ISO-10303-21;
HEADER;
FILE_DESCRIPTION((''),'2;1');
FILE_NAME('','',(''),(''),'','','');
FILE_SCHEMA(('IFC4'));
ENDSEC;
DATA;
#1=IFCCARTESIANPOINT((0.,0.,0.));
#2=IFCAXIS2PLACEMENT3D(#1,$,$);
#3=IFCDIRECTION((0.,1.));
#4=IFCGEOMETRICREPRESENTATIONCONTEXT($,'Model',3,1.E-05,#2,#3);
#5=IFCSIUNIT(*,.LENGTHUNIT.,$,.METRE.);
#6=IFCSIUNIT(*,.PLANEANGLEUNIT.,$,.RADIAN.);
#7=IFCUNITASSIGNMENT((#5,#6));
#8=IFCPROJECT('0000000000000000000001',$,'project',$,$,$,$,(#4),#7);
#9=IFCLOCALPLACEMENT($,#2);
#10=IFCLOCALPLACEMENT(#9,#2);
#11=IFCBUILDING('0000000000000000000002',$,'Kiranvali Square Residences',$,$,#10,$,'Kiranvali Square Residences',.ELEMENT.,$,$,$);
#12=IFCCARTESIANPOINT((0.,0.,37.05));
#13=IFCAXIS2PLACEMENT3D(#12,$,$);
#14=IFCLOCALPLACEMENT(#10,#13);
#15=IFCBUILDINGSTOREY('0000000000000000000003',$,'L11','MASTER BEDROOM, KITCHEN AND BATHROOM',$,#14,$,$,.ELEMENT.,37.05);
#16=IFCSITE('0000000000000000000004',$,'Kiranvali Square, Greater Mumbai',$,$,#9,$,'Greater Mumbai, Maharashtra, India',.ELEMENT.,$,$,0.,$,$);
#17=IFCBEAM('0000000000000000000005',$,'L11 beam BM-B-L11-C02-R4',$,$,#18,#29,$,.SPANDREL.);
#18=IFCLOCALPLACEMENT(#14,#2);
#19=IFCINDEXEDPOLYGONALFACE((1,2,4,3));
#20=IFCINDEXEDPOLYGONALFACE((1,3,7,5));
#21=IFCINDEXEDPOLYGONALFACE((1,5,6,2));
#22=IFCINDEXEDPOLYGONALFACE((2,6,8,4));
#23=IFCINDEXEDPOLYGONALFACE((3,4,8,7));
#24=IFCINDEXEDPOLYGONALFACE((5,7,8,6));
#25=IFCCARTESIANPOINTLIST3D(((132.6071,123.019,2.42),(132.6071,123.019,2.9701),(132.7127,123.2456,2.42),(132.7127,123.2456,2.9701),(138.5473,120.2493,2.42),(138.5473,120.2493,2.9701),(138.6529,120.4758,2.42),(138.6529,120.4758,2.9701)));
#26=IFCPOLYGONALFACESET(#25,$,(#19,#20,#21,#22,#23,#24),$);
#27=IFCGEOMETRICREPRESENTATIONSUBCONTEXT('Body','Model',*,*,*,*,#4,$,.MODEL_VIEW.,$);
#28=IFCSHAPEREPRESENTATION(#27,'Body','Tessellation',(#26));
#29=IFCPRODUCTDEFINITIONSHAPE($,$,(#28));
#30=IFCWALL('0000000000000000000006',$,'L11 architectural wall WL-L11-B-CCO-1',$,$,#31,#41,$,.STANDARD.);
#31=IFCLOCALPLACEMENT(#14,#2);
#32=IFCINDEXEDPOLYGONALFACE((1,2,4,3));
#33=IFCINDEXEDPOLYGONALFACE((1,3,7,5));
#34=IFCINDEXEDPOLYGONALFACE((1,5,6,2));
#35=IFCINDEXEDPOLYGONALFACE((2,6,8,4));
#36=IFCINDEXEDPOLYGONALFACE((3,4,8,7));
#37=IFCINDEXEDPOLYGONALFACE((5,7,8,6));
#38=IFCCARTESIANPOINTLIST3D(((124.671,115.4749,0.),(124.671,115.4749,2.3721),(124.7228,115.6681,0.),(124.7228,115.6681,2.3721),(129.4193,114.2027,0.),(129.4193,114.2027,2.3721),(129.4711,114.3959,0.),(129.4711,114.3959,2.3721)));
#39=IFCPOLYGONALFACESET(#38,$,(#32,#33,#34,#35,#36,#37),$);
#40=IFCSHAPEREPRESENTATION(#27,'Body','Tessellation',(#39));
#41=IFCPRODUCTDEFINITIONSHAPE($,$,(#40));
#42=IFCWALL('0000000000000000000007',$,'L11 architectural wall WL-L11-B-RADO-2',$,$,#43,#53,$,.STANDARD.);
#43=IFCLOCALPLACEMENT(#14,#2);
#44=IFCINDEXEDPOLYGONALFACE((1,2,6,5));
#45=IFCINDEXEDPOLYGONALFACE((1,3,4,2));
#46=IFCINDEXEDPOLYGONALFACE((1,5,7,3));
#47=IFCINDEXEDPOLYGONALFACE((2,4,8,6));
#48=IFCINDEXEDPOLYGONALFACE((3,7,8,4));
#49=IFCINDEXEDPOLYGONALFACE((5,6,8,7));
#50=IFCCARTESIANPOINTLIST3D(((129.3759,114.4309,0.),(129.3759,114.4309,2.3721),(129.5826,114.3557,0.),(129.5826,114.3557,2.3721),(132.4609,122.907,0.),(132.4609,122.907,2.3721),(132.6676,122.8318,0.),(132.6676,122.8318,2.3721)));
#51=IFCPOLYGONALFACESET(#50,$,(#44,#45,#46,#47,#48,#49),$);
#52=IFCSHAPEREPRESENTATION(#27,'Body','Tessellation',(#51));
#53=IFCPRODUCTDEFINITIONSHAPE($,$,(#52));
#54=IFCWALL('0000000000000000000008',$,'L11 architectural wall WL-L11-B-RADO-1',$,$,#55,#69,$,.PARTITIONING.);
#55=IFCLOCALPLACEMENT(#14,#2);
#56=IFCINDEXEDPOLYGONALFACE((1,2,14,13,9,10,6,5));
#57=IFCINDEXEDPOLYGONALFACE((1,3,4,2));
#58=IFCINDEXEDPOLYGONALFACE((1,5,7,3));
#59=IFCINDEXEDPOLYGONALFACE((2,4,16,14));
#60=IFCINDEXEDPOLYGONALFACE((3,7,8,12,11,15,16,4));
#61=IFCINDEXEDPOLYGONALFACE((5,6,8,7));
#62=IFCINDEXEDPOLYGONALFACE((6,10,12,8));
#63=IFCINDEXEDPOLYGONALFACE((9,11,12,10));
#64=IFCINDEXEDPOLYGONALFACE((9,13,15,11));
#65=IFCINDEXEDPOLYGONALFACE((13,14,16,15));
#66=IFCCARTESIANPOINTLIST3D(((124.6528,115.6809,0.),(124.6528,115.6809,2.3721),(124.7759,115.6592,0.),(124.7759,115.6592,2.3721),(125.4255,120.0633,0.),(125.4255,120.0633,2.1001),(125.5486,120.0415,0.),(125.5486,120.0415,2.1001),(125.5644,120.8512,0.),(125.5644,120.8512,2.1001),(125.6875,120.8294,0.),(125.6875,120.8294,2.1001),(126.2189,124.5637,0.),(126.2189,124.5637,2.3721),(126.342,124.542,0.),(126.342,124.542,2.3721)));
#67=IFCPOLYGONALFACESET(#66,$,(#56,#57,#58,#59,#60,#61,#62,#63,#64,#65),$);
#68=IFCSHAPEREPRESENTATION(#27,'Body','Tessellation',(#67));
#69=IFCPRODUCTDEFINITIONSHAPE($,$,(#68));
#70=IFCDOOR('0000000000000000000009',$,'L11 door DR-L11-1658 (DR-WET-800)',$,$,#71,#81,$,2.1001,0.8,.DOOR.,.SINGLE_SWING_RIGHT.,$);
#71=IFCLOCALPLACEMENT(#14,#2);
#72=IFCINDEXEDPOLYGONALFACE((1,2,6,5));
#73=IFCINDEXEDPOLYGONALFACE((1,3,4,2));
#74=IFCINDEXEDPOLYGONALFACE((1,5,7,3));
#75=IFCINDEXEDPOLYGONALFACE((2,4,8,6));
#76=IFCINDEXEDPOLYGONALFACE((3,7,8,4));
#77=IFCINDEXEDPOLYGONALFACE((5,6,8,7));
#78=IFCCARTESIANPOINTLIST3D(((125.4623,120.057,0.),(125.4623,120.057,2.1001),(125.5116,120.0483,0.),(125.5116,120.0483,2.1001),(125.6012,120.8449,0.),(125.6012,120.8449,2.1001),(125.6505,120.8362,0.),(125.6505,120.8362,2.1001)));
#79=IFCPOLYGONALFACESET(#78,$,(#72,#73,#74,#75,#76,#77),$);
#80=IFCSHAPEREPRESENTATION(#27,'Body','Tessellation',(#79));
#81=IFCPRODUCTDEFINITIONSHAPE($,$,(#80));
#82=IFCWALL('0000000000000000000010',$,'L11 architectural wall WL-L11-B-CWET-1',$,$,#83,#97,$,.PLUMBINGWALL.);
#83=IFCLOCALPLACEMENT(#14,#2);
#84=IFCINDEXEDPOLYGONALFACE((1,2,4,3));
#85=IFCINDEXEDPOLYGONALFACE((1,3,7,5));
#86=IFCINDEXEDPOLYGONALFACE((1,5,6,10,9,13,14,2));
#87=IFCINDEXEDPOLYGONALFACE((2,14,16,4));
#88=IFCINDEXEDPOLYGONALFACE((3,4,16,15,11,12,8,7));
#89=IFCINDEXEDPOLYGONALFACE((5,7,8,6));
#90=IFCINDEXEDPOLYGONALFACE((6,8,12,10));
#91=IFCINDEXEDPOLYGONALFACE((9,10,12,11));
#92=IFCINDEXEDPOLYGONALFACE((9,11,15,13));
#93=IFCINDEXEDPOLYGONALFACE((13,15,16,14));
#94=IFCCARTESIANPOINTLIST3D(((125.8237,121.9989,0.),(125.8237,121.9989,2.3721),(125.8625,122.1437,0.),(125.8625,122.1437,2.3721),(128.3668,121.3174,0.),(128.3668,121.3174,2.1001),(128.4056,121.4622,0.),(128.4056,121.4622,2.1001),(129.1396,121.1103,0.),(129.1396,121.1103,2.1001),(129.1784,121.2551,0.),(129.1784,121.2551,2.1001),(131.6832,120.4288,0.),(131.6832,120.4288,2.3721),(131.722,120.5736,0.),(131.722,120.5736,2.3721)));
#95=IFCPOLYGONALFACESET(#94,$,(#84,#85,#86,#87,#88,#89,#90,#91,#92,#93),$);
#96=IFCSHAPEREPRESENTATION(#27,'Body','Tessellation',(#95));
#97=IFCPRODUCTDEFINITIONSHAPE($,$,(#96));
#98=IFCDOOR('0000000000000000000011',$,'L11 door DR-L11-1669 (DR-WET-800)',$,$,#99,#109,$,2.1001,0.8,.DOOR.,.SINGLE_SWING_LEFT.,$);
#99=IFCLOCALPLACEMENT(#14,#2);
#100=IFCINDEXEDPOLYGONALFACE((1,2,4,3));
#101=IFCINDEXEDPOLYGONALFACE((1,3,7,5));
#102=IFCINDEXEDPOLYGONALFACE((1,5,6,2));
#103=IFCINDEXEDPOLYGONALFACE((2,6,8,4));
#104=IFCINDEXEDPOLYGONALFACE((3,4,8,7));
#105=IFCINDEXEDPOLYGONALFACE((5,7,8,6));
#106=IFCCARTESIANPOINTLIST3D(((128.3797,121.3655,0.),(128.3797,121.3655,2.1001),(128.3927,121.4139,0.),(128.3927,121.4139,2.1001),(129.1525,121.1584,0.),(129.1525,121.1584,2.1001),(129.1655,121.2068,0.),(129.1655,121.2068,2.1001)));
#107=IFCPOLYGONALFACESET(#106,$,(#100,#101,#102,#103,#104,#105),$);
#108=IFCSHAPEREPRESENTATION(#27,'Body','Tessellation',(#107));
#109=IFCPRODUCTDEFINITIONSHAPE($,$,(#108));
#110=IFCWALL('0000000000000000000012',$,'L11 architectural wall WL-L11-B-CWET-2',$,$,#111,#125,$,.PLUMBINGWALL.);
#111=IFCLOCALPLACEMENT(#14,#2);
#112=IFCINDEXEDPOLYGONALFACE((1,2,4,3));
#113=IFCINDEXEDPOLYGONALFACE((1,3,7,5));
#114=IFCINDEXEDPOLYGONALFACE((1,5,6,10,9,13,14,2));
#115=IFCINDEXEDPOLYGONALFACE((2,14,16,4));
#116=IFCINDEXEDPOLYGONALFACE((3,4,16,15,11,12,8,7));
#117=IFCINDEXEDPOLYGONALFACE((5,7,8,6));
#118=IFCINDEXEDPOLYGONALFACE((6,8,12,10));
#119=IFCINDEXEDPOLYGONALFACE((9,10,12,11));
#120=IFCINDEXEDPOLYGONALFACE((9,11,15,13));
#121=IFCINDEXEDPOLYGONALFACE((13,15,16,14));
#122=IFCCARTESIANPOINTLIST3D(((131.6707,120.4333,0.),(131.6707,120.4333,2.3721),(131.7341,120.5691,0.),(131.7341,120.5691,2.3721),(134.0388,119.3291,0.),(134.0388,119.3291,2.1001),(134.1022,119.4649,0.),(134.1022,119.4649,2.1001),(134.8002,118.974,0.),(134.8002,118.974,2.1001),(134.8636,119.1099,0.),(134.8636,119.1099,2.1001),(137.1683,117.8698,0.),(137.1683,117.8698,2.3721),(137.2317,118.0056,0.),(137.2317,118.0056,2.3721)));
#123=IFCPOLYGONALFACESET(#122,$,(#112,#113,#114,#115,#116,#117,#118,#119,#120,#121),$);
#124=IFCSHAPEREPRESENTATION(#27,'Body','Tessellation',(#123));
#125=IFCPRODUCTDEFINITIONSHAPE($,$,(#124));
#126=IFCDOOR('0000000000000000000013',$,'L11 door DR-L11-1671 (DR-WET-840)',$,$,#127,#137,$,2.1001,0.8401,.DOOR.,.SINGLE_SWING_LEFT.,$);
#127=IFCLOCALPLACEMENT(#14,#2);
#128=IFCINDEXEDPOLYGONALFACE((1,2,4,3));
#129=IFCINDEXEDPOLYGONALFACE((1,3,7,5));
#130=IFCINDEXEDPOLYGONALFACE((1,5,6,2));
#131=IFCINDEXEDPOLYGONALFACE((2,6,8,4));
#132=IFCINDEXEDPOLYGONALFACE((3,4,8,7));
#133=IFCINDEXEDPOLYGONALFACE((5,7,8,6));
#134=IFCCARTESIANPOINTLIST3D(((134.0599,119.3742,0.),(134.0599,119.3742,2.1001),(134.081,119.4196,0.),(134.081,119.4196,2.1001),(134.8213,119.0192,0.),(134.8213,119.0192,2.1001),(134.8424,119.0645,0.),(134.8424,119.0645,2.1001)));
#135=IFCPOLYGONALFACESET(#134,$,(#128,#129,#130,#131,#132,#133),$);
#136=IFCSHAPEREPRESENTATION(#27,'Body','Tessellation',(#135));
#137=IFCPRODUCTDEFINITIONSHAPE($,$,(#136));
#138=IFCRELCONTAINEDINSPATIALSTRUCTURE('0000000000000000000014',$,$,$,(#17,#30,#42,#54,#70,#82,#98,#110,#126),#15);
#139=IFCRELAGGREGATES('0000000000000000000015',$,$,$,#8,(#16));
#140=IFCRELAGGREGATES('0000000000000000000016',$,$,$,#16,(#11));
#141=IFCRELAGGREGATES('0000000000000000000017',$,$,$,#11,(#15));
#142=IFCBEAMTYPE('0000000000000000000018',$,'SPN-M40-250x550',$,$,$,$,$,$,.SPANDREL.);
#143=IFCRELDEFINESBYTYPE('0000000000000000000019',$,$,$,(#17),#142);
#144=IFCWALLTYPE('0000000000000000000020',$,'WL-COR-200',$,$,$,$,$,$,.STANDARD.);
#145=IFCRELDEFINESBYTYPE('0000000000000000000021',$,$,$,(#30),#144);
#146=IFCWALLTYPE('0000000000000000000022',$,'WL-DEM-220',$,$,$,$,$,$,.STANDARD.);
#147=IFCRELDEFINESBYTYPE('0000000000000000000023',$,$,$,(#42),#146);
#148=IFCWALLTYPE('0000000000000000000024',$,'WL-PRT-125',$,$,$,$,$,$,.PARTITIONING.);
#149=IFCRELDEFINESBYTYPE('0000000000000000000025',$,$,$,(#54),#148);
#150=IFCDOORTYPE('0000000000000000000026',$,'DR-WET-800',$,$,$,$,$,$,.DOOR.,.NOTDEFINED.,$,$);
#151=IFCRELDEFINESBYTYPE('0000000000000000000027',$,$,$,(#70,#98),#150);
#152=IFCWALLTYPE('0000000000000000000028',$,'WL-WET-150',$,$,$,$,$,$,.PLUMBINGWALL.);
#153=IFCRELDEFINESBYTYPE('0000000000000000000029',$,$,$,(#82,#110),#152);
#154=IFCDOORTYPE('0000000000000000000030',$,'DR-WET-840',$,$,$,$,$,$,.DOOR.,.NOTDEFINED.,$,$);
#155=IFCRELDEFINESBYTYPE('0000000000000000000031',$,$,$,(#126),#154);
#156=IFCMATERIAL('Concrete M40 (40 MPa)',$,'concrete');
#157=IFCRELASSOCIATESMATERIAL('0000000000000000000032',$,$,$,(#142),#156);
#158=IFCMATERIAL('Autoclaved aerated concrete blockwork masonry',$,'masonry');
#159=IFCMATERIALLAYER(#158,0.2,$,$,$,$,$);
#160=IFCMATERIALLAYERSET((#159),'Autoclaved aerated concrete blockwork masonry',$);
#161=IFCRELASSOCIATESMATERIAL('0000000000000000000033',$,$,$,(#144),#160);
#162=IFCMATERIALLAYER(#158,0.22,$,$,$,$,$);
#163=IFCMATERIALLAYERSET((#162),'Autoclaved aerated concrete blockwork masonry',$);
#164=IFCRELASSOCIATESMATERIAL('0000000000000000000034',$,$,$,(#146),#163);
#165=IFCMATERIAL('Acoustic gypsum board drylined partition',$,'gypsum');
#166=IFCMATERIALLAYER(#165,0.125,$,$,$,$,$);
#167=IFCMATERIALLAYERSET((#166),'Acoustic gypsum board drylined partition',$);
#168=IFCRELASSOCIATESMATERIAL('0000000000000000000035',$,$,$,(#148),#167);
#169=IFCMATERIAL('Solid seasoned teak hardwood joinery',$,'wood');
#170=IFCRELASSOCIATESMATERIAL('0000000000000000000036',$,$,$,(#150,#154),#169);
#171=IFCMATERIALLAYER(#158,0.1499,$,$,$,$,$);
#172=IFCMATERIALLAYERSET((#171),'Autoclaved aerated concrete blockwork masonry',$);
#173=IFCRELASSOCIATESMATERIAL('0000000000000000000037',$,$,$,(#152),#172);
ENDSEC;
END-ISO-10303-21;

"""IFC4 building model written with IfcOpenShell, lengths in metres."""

from ifc_helpers import new_model, si_unit, direction, frame, frame_2d, origin, origin_2d, place, context, subcontext, project, spatial, rectangle, extrude, material, layer, layer_set, material_profile, profile_set, type_object, element, fill, save


model = new_model("IFC4")

# Units and contexts
model_context = context("Model", 3, precision=1e-05, world=origin(), true_north=direction((0.0, 1.0)))
body_context = subcontext(model_context, "Body", "Model", "MODEL_VIEW")
ifc_project = project(units=[si_unit("LENGTHUNIT", "METRE"), si_unit("PLANEANGLEUNIT", "RADIAN")], contexts=[model_context])

# Site, building, storey
site_placement = place(None, origin())
site = spatial("IfcSite", under=ifc_project, at=site_placement, Name="Kiranvali Square, Greater Mumbai", LongName="Greater Mumbai, Maharashtra, India", CompositionType="ELEMENT", RefElevation=0.0)
building_placement = place(site_placement, origin())
building = spatial("IfcBuilding", under=site, at=building_placement, Name="Kiranvali Square Residences", LongName="Kiranvali Square Residences", CompositionType="ELEMENT")
storey_placement = place(building_placement, frame((0.0, 0.0, 37.05)))
storey = spatial("IfcBuildingStorey", under=building, at=storey_placement, Name="L11", Description="MASTER BEDROOM, KITCHEN AND BATHROOM", CompositionType="ELEMENT", Elevation=37.05)

# Shared definitions
ifc_material_1 = material(Name="Concrete M40 (40 MPa)", Category="concrete")

# Beam
ifc_material_profile_1 = material_profile(ifc_material_1, rectangle(XDim=0.25, YDim=0.55, at=origin_2d()), Name="RC 250x550")
ifc_profile_set_1 = profile_set([ifc_material_profile_1], Name="Concrete M40 (40 MPa)")
beam_type_1 = type_object("IfcBeamType", Name="SPN-M40-250x550", PredefinedType="SPANDREL", material=ifc_profile_set_1)
for number, where, z_axis, x_axis, name in (
    (1, (132.6599, 123.1323, 2.6951), (0.906318, -0.422596, 0.0), (0.422596, 0.906318, 0.0), "L11 beam BM-B-L11-C02-R4"),
):
    element("IfcBeam", number, at=place(storey_placement, frame(where, z_axis=z_axis, x_axis=x_axis)), inside=storey, type_object=beam_type_1, Name=name, PredefinedType="SPANDREL", context=body_context, shape_type="SweptSolid", body=[
        extrude(rectangle(XDim=0.25, YDim=0.55, at=origin_2d()), origin(), (0.0, 0.0, 1.0), 6.5542),
    ])

# Wall
ifc_material_2 = material(Name="Autoclaved aerated concrete blockwork masonry", Category="masonry")
ifc_layer_1 = layer(ifc_material_2, 0.2)
ifc_layer_set_1 = layer_set([ifc_layer_1], Name="Autoclaved aerated concrete blockwork masonry")
wall_type_1 = type_object("IfcWallType", Name="WL-COR-200", PredefinedType="STANDARD", material=ifc_layer_set_1)
wall_1_placement = place(storey_placement, frame((124.6968, 115.5715, 0.0), z_axis=(0.0, 0.0, 1.0), x_axis=(0.96593, -0.258803, 0.0)))
element("IfcWall", 2, at=wall_1_placement, inside=storey, type_object=wall_type_1, Name="L11 architectural wall WL-L11-B-CCO-1", PredefinedType="STANDARD", context=body_context, shape_type="SweptSolid", body=[
    extrude(rectangle(XDim=4.9158, YDim=0.2, at=frame_2d((2.458, 0.0))), origin(), (0.0, 0.0, 1.0), 2.3721),
])

# Wall
ifc_layer_2 = layer(ifc_material_2, 0.22)
ifc_layer_set_2 = layer_set([ifc_layer_2], Name="Autoclaved aerated concrete blockwork masonry")
wall_type_2 = type_object("IfcWallType", Name="WL-DEM-220", PredefinedType="STANDARD", material=ifc_layer_set_2)
wall_2_placement = place(storey_placement, frame((129.4792, 114.3933, 0.0), z_axis=(0.0, 0.0, 1.0), x_axis=(0.342013, 0.939695, 0.0)))
element("IfcWall", 3, at=wall_2_placement, inside=storey, type_object=wall_type_2, Name="L11 architectural wall WL-L11-B-RADO-2", PredefinedType="STANDARD", context=body_context, shape_type="SweptSolid", body=[
    extrude(rectangle(XDim=9.02, YDim=0.22, at=frame_2d((4.51, 0.0))), origin(), (0.0, 0.0, 1.0), 2.3721),
])

# Walls, openings, doors
ifc_material_3 = material(Name="Acoustic gypsum board drylined partition", Category="gypsum")
ifc_layer_3 = layer(ifc_material_3, 0.125)
ifc_layer_set_3 = layer_set([ifc_layer_3], Name="Acoustic gypsum board drylined partition")
wall_type_3 = type_object("IfcWallType", Name="WL-PRT-125", PredefinedType="PARTITIONING", material=ifc_layer_set_3)
wall_3_placement = place(storey_placement, frame((124.7144, 115.6702, 0.0), z_axis=(0.0, 0.0, 1.0), x_axis=(0.173636, 0.98481, 0.0)))
wall_3 = element("IfcWall", 4, at=wall_3_placement, inside=storey, type_object=wall_type_3, Name="L11 architectural wall WL-L11-B-RADO-1", PredefinedType="PARTITIONING", context=body_context, shape_type="SweptSolid", body=[
    extrude(rectangle(XDim=9.0198, YDim=0.125, at=frame_2d((4.5098, 0.0))), origin(), (0.0, 0.0, 1.0), 2.3721),
])
opening_1_placement = place(wall_3_placement, frame((4.45, 0.0, 0.0)))
opening_1 = element("IfcOpeningElement", 5, at=opening_1_placement, cuts=wall_3, PredefinedType="OPENING", context=body_context, shape_type="SweptSolid", body=[
    extrude(rectangle(XDim=0.8, YDim=2.1001, at=frame_2d((0.3999, 1.05))), frame((0.0, 0.0725, 0.0), z_axis=(0.0, -1.0, 0.0), x_axis=(1.0, 0.0, 0.0)), (0.0, 0.0, 1.0), 0.145),
])
ifc_material_4 = material(Name="Solid seasoned teak hardwood joinery", Category="wood")
door_type_1 = type_object("IfcDoorType", Name="DR-WET-800", OperationType="NOTDEFINED", PredefinedType="DOOR", material=ifc_material_4)
door_1_placement = place(opening_1_placement, frame((0.8, 0.0, 0.0), z_axis=(0.0, 0.0, 1.0), x_axis=(-1.0, 0.0, 0.0)))
door_1 = element("IfcDoor", 6, at=door_1_placement, inside=storey, type_object=door_type_1, Name="L11 door DR-L11-1658 (DR-WET-800)", OperationType="SINGLE_SWING_RIGHT", OverallHeight=2.1001, OverallWidth=0.8, PredefinedType="DOOR", context=body_context, shape_type="SweptSolid", body=[
    extrude(rectangle(XDim=0.8, YDim=2.1001, at=frame_2d((0.3999, 1.05))), frame((0.0, 0.0249, 0.0), z_axis=(0.0, -1.0, 0.0), x_axis=(1.0, 0.0, 0.0)), (0.0, 0.0, 1.0), 0.05),
])
fill(opening_1, door_1)
ifc_layer_4 = layer(ifc_material_2, 0.1499)
ifc_layer_set_4 = layer_set([ifc_layer_4], Name="Autoclaved aerated concrete blockwork masonry")
wall_type_4 = type_object("IfcWallType", Name="WL-WET-150", PredefinedType="PLUMBINGWALL", material=ifc_layer_set_4)
wall_4_placement = place(storey_placement, frame((125.843, 122.0713, 0.0), z_axis=(0.0, 0.0, 1.0), x_axis=(0.965924, -0.258827, 0.0)))
wall_4 = element("IfcWall", 7, at=wall_4_placement, inside=storey, type_object=wall_type_4, Name="L11 architectural wall WL-L11-B-CWET-1", PredefinedType="PLUMBINGWALL", context=body_context, shape_type="SweptSolid", body=[
    extrude(rectangle(XDim=6.0662, YDim=0.1499, at=frame_2d((3.0332, 0.0))), origin(), (0.0, 0.0, 1.0), 2.3721),
])
opening_2_placement = place(wall_4_placement, frame((2.6331, 0.0, 0.0)))
opening_2 = element("IfcOpeningElement", 8, at=opening_2_placement, cuts=wall_4, PredefinedType="OPENING", context=body_context, shape_type="SweptSolid", body=[
    extrude(rectangle(XDim=0.8, YDim=2.1001, at=frame_2d((0.3999, 1.05))), frame((0.0, 0.085, 0.0), z_axis=(0.0, -1.0, 0.0), x_axis=(1.0, 0.0, 0.0)), (0.0, 0.0, 1.0), 0.1699),
])
door_2_placement = place(opening_2_placement, origin())
door_2 = element("IfcDoor", 9, at=door_2_placement, inside=storey, type_object=door_type_1, Name="L11 door DR-L11-1669 (DR-WET-800)", OperationType="SINGLE_SWING_LEFT", OverallHeight=2.1001, OverallWidth=0.8, PredefinedType="DOOR", context=body_context, shape_type="SweptSolid", body=[
    extrude(rectangle(XDim=0.8, YDim=2.1001, at=frame_2d((0.3999, 1.05))), frame((0.0, 0.0249, 0.0), z_axis=(0.0, -1.0, 0.0), x_axis=(1.0, 0.0, 0.0)), (0.0, 0.0, 1.0), 0.05),
])
fill(opening_2, door_2)
wall_5_placement = place(storey_placement, frame((131.7024, 120.5012, 0.0), z_axis=(0.0, 0.0, 1.0), x_axis=(0.906313, -0.422608, 0.0)))
wall_5 = element("IfcWall", 10, at=wall_5_placement, inside=storey, type_object=wall_type_4, Name="L11 architectural wall WL-L11-B-CWET-2", PredefinedType="PLUMBINGWALL", context=body_context, shape_type="SweptSolid", body=[
    extrude(rectangle(XDim=6.0659, YDim=0.1499, at=frame_2d((3.033, 0.0))), origin(), (0.0, 0.0, 1.0), 2.3721),
])
opening_3_placement = place(wall_5_placement, frame((2.613, 0.0, 0.0)))
opening_3 = element("IfcOpeningElement", 11, at=opening_3_placement, cuts=wall_5, PredefinedType="OPENING", context=body_context, shape_type="SweptSolid", body=[
    extrude(rectangle(XDim=0.8401, YDim=2.1001, at=frame_2d((0.4199, 1.05))), frame((0.0, 0.085, 0.0), z_axis=(0.0, -1.0, 0.0), x_axis=(1.0, 0.0, 0.0)), (0.0, 0.0, 1.0), 0.1699),
])
door_type_2 = type_object("IfcDoorType", Name="DR-WET-840", OperationType="NOTDEFINED", PredefinedType="DOOR", material=ifc_material_4)
door_3_placement = place(opening_3_placement, origin())
door_3 = element("IfcDoor", 12, at=door_3_placement, inside=storey, type_object=door_type_2, Name="L11 door DR-L11-1671 (DR-WET-840)", OperationType="SINGLE_SWING_LEFT", OverallHeight=2.1001, OverallWidth=0.8401, PredefinedType="DOOR", context=body_context, shape_type="SweptSolid", body=[
    extrude(rectangle(XDim=0.8401, YDim=2.1001, at=frame_2d((0.4199, 1.05))), frame((0.0, 0.0249, 0.0), z_axis=(0.0, -1.0, 0.0), x_axis=(1.0, 0.0, 0.0)), (0.0, 0.0, 1.0), 0.05),
])
fill(opening_3, door_3)

save(model, "model.ifc")
